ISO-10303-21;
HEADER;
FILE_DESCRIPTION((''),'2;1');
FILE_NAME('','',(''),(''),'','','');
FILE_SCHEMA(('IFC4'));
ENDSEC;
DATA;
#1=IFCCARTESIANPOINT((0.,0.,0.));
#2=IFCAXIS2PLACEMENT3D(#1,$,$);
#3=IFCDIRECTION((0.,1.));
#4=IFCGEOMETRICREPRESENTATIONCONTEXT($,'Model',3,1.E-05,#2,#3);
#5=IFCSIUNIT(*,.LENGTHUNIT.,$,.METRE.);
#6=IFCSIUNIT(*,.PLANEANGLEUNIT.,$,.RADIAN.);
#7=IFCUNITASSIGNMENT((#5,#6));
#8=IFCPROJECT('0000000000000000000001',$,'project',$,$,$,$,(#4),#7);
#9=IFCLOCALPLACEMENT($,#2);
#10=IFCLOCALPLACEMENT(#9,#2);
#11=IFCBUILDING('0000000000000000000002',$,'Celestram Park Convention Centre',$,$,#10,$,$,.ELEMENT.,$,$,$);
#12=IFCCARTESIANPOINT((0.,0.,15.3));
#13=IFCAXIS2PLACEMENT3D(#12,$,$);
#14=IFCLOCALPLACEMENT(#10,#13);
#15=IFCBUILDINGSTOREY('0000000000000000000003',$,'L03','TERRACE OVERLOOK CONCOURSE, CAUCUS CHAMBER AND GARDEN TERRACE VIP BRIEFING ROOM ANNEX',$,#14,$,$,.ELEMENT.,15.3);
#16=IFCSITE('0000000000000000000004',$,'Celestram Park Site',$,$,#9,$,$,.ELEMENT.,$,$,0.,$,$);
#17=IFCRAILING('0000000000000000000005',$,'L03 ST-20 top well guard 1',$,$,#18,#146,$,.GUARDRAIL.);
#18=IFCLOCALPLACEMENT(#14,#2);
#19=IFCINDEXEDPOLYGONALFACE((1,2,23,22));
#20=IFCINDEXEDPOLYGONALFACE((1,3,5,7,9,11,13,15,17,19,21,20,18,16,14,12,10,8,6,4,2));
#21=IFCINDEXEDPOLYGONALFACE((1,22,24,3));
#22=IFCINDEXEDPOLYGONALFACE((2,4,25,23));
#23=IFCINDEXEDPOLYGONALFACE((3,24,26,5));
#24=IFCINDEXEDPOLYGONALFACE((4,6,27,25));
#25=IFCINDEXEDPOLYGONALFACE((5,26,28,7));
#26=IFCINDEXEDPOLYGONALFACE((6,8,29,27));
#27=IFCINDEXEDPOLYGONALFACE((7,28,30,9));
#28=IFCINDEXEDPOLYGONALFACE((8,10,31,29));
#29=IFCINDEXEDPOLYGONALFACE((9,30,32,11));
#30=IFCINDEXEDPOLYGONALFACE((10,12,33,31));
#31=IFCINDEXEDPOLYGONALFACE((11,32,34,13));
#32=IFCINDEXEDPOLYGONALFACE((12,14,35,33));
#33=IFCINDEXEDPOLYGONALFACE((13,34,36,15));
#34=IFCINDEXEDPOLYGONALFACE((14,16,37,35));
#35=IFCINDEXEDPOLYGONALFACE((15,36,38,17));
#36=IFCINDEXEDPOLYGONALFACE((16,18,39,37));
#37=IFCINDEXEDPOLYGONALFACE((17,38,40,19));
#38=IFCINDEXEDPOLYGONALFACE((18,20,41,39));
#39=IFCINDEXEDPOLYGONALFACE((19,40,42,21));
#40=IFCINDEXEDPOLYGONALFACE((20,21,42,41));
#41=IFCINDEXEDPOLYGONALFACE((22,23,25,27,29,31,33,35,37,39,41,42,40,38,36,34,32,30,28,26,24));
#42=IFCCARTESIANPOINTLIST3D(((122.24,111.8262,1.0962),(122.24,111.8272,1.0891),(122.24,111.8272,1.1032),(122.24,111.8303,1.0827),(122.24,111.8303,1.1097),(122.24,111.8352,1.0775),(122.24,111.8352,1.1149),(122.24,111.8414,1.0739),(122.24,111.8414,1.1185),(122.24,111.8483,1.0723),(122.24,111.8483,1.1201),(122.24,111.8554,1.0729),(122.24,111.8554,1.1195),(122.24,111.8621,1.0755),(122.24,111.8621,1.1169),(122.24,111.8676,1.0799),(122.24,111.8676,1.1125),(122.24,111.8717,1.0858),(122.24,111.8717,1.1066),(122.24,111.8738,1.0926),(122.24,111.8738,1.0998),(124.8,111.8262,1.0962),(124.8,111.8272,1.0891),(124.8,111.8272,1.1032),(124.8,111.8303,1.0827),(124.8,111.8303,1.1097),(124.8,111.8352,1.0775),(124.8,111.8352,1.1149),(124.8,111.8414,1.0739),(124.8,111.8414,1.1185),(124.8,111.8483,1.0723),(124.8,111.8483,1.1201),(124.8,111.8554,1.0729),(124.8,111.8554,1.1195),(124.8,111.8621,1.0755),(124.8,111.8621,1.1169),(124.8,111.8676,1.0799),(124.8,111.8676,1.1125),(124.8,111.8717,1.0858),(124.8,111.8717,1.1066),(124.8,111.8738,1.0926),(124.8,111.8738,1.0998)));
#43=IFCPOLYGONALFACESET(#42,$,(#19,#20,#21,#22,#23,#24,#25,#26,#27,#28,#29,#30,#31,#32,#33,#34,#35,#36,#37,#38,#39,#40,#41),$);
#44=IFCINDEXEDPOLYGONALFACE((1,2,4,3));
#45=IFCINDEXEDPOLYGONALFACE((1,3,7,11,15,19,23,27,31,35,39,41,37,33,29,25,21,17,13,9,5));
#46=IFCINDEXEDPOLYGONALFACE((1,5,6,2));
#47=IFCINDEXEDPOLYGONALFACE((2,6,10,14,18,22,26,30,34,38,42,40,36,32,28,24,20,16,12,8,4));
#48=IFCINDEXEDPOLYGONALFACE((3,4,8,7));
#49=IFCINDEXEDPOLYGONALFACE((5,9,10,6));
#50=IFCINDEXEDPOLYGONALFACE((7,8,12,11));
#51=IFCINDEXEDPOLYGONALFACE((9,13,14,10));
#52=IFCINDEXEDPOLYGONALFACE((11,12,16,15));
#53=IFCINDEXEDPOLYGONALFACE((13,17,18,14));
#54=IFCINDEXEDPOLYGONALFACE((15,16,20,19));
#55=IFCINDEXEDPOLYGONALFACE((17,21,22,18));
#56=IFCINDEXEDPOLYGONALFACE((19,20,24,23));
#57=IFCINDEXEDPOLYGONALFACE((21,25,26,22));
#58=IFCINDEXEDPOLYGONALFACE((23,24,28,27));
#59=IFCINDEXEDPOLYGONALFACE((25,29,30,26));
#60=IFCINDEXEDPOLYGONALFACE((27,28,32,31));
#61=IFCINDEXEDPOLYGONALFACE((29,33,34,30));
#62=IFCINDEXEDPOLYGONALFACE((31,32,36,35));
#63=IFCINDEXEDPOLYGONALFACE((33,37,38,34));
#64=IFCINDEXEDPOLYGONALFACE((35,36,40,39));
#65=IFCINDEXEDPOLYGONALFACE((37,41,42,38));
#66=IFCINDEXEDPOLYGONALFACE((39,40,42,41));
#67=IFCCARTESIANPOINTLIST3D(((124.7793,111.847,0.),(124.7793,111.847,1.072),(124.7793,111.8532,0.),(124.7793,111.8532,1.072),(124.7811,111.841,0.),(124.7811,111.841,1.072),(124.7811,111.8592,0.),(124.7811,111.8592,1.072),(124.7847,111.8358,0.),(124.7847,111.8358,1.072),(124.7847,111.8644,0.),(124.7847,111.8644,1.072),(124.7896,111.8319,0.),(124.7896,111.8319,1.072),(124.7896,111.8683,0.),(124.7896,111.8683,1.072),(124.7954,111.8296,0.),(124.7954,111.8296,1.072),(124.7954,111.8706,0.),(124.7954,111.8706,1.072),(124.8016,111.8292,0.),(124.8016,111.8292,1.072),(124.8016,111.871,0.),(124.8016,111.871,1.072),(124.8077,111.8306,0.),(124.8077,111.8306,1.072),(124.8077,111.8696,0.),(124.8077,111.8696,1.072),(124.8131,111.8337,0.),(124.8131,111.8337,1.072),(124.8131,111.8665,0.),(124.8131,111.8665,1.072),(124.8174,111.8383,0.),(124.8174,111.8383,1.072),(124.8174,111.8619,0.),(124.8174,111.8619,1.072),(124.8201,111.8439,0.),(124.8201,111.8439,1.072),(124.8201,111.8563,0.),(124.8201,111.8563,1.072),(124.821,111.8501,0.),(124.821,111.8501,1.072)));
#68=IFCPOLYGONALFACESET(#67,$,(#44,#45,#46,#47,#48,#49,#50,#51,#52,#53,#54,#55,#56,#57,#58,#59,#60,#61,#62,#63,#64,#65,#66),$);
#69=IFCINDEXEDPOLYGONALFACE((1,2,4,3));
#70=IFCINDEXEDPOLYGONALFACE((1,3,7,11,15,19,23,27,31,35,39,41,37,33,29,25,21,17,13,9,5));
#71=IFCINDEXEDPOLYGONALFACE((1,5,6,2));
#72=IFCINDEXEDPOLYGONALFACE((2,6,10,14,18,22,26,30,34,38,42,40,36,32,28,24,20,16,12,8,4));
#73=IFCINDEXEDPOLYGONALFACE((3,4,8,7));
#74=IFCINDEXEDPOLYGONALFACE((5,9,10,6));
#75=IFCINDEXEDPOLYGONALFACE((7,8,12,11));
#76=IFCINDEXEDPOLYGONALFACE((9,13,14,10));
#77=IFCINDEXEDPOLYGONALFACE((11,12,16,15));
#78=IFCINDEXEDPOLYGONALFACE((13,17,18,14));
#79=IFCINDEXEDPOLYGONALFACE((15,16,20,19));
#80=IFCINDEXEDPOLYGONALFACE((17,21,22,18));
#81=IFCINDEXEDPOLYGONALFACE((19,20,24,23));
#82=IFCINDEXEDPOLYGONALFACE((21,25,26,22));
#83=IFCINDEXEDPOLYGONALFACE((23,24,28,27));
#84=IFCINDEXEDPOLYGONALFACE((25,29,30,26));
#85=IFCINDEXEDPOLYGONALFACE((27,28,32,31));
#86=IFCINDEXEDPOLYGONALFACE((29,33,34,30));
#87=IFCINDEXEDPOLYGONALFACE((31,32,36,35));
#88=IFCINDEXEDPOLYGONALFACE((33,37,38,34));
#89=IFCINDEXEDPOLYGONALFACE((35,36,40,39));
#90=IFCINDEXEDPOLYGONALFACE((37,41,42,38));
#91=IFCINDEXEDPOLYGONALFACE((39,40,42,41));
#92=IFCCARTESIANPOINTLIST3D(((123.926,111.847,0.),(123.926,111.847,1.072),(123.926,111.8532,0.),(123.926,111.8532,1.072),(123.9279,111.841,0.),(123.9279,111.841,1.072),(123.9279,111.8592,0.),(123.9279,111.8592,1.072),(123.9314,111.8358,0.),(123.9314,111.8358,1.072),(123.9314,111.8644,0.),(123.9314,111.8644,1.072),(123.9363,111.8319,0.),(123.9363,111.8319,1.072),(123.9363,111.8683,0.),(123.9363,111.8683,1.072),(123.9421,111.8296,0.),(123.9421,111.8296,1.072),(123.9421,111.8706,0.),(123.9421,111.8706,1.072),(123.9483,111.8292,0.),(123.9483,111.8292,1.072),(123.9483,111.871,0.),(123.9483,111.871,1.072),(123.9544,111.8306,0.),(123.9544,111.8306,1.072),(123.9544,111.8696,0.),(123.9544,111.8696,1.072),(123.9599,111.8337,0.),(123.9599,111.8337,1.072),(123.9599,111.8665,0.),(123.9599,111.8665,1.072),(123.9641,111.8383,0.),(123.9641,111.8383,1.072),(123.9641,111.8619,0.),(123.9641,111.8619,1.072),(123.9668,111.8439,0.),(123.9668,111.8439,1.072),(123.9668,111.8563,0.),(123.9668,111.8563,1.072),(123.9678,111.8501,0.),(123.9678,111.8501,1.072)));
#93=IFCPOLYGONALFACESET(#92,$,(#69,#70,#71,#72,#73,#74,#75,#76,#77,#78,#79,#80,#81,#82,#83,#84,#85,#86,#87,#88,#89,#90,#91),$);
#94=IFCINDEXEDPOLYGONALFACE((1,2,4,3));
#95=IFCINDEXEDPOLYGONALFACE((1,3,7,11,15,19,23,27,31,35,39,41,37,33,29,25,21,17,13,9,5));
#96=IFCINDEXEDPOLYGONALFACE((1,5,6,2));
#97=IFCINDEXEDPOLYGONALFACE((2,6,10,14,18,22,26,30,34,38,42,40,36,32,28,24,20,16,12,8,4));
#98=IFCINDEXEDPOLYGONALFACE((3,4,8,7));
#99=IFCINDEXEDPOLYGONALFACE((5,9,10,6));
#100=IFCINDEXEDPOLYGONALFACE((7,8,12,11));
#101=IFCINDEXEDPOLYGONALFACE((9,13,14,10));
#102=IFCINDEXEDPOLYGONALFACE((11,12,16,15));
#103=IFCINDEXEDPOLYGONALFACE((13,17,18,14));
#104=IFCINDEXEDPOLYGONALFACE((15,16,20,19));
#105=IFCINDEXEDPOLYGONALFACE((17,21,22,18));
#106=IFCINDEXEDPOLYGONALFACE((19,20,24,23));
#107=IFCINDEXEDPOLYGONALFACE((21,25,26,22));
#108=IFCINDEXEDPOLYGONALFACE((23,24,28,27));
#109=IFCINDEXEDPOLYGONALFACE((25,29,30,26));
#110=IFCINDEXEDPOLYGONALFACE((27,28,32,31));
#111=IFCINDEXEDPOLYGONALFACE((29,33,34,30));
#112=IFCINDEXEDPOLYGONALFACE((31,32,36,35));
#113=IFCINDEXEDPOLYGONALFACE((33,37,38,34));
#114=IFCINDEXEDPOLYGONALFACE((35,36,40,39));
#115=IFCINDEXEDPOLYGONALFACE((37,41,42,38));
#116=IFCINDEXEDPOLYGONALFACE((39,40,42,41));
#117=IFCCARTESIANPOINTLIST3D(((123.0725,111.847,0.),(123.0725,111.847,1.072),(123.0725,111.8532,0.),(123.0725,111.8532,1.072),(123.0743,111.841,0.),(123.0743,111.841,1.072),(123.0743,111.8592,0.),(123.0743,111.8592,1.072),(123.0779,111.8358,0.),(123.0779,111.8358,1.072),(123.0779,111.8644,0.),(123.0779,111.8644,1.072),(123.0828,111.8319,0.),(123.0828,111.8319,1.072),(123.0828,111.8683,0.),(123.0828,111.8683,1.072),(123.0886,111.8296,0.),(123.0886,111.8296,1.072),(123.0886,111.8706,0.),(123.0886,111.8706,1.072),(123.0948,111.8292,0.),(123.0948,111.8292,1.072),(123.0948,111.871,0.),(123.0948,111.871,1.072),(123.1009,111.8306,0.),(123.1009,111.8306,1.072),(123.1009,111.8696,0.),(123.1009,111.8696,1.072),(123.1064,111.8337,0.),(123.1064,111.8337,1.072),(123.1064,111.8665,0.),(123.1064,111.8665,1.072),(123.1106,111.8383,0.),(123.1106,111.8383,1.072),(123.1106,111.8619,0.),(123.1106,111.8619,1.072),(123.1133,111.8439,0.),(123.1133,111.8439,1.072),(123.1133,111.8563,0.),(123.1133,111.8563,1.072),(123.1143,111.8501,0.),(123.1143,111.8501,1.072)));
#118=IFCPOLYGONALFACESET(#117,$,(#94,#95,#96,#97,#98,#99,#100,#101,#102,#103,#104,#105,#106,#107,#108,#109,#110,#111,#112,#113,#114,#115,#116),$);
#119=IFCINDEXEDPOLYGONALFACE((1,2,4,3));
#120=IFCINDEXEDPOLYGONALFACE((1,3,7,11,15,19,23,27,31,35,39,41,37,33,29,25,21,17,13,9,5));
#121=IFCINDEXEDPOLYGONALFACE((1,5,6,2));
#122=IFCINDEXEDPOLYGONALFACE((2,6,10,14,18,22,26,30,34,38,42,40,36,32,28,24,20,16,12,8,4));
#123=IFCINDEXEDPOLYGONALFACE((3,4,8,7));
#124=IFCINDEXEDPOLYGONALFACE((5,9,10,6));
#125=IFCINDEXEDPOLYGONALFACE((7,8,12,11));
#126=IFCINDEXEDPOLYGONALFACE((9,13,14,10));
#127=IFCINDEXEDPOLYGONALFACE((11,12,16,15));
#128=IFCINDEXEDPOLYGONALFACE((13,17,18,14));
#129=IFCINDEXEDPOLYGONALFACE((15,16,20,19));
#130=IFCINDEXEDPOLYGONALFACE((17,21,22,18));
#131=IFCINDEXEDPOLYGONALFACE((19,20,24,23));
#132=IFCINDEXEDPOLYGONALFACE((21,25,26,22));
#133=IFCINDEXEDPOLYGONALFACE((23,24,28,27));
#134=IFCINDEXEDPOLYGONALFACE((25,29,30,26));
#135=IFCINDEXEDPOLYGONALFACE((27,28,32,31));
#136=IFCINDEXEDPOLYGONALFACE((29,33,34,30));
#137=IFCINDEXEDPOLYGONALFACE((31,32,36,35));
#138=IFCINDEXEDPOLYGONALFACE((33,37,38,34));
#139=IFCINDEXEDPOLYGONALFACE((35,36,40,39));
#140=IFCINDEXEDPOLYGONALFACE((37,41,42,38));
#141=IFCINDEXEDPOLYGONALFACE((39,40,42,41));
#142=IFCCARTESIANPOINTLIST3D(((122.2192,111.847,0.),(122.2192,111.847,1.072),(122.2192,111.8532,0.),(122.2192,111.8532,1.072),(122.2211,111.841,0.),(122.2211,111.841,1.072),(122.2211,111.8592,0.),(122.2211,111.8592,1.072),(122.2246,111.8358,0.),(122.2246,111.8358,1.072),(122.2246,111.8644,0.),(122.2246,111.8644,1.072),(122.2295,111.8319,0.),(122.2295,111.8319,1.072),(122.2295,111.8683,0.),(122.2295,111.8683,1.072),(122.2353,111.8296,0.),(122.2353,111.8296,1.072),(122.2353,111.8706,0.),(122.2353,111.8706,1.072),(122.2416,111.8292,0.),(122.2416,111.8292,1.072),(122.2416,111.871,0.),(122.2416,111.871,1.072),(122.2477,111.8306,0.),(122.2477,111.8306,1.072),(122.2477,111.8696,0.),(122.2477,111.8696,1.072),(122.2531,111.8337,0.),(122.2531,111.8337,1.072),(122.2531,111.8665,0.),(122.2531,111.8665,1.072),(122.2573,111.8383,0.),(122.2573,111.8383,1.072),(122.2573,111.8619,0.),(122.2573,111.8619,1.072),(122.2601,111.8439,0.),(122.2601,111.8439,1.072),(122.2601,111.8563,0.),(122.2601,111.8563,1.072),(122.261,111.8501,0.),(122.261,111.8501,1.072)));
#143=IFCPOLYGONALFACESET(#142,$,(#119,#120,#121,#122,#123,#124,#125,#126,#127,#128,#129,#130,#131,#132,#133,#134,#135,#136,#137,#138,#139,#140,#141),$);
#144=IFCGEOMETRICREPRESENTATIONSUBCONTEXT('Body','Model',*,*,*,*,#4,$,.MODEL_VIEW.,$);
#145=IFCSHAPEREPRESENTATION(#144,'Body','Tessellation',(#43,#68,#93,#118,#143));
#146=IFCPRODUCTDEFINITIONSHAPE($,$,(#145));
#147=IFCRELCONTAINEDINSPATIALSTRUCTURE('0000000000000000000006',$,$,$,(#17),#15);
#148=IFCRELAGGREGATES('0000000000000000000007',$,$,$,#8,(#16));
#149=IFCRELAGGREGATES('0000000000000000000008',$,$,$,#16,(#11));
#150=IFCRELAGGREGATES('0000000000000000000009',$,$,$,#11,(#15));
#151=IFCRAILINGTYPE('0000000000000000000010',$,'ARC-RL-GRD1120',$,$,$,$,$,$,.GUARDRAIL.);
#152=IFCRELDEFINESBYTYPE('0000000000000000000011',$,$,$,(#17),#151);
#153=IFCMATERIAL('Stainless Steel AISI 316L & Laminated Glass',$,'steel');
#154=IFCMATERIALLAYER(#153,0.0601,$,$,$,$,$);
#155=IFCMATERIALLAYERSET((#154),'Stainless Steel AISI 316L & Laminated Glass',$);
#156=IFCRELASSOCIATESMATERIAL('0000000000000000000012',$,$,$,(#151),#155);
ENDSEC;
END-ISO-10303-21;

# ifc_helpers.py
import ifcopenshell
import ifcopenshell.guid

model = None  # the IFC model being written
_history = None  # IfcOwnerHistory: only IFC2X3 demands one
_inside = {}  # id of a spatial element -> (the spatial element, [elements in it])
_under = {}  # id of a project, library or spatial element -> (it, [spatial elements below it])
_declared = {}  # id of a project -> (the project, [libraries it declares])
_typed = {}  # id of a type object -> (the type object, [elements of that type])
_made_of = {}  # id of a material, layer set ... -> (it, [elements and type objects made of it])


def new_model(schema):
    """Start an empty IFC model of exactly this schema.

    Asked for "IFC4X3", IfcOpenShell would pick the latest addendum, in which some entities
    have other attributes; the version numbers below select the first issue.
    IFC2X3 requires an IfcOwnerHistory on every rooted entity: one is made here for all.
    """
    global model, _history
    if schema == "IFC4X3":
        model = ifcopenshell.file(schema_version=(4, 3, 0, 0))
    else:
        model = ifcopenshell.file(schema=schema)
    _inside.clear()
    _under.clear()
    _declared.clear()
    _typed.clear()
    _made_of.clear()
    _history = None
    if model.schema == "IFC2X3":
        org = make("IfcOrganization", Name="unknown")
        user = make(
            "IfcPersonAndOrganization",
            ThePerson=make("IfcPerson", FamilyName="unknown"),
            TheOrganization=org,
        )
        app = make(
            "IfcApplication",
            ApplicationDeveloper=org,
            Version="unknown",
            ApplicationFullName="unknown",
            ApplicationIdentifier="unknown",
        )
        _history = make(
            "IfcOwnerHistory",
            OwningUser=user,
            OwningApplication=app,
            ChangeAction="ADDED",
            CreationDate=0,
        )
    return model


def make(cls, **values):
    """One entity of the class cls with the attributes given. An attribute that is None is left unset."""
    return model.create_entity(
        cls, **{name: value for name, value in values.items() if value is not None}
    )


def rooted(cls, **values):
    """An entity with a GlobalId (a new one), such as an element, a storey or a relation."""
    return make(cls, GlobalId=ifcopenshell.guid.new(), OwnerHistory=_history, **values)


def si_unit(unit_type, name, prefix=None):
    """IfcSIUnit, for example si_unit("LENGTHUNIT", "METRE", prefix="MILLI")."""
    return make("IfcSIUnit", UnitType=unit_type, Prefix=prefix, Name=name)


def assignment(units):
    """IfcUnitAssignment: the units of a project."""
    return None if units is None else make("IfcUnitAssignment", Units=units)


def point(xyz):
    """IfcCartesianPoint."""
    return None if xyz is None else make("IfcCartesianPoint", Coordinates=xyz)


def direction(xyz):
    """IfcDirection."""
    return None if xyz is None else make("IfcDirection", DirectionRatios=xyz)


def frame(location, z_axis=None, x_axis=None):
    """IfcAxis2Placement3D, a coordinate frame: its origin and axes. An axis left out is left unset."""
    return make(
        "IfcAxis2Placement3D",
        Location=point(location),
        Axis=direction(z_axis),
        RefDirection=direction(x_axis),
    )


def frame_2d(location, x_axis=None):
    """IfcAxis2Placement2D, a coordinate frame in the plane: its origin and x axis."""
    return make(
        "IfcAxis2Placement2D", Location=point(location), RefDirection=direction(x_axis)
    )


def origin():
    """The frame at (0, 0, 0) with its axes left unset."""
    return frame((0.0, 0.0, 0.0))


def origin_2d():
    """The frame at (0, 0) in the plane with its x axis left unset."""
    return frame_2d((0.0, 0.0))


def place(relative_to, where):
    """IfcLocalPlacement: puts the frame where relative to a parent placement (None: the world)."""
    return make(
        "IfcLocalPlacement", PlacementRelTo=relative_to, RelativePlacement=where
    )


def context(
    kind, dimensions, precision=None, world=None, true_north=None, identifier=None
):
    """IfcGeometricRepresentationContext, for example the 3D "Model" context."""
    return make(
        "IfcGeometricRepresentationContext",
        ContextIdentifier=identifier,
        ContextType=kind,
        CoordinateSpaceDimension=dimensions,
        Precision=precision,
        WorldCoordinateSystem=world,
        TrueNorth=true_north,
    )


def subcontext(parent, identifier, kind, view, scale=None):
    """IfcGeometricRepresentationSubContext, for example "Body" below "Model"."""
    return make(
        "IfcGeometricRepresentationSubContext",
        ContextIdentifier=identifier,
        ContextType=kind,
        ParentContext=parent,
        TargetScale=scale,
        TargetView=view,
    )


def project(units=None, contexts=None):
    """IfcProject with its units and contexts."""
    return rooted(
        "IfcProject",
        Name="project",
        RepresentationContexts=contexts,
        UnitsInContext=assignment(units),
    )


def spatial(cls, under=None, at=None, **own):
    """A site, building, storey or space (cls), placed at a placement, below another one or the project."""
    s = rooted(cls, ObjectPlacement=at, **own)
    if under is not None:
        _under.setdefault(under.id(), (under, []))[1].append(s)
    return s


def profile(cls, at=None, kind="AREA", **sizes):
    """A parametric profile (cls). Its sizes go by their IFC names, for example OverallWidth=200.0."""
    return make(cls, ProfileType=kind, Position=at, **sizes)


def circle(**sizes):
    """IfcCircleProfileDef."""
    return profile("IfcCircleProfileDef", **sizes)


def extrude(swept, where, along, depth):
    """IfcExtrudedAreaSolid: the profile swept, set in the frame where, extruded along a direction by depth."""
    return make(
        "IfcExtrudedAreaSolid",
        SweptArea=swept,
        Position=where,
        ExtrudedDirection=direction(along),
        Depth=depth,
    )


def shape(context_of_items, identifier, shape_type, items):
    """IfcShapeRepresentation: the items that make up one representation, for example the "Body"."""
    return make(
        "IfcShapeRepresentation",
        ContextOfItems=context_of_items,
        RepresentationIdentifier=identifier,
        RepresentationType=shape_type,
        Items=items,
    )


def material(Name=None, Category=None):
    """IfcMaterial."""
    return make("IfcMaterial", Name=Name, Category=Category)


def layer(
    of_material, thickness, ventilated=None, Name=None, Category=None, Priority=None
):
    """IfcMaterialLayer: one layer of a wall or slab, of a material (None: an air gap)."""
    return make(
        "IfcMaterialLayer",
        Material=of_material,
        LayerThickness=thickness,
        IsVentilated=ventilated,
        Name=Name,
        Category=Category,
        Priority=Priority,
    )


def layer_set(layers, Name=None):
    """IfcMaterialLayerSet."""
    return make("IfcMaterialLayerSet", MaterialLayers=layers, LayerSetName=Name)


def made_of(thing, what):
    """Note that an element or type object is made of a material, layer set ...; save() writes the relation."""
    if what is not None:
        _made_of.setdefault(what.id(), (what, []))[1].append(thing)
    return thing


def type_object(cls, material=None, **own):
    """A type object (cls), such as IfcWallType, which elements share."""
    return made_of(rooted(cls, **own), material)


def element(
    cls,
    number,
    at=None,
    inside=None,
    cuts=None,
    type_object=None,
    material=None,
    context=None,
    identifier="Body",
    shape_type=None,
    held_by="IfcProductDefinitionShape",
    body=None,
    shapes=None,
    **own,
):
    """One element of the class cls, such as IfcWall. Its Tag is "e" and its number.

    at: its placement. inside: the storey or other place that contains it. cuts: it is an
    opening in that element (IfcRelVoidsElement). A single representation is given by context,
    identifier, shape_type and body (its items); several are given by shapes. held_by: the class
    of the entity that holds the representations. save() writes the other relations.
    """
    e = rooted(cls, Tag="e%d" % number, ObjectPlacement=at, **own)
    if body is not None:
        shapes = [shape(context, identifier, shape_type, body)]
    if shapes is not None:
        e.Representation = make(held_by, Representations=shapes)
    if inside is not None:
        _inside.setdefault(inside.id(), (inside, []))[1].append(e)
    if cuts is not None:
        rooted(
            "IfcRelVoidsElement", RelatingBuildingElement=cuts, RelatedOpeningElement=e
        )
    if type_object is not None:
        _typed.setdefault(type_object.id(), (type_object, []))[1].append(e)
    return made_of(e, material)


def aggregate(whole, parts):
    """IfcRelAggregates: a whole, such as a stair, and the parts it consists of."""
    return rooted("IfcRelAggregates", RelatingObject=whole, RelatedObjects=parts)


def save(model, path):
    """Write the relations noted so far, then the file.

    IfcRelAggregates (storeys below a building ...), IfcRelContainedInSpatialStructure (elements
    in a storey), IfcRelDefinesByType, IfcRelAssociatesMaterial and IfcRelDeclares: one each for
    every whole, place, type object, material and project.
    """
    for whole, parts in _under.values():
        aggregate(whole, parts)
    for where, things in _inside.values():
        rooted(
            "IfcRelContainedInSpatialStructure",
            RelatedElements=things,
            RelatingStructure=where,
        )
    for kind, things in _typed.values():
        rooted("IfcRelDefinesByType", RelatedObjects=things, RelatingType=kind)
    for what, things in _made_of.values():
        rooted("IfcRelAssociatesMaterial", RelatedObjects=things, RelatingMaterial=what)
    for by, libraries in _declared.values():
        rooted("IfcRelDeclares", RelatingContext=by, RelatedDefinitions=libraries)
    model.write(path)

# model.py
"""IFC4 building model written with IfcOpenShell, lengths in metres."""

from ifc_helpers import new_model, si_unit, direction, frame, origin, origin_2d, place, context, subcontext, project, spatial, circle, extrude, material, layer, layer_set, type_object, element, save


model = new_model("IFC4")

# Units and contexts
model_context = context("Model", 3, precision=1e-05, world=origin(), true_north=direction((0.0, 1.0)))
body_context = subcontext(model_context, "Body", "Model", "MODEL_VIEW")
ifc_project = project(units=[si_unit("LENGTHUNIT", "METRE"), si_unit("PLANEANGLEUNIT", "RADIAN")], contexts=[model_context])

# Site, building, storey
site_placement = place(None, origin())
site = spatial("IfcSite", under=ifc_project, at=site_placement, Name="Celestram Park Site", CompositionType="ELEMENT", RefElevation=0.0)
building_placement = place(site_placement, origin())
building = spatial("IfcBuilding", under=site, at=building_placement, Name="Celestram Park Convention Centre", CompositionType="ELEMENT")
storey_placement = place(building_placement, frame((0.0, 0.0, 15.3)))
storey = spatial("IfcBuildingStorey", under=building, at=storey_placement, Name="L03", Description="TERRACE OVERLOOK CONCOURSE, CAUCUS CHAMBER AND GARDEN TERRACE VIP BRIEFING ROOM ANNEX", CompositionType="ELEMENT", Elevation=15.3)

# Railing
ifc_material_1 = material(Name="Stainless Steel AISI 316L & Laminated Glass", Category="steel")
ifc_layer_1 = layer(ifc_material_1, 0.0601)
ifc_layer_set_1 = layer_set([ifc_layer_1], Name="Stainless Steel AISI 316L & Laminated Glass")
railing_type = type_object("IfcRailingType", Name="ARC-RL-GRD1120", PredefinedType="GUARDRAIL", material=ifc_layer_set_1)
railing_placement = place(storey_placement, frame((124.8, 111.8501, 0.0)))
element("IfcRailing", 1, at=railing_placement, inside=storey, type_object=railing_type, Name="L03 ST-20 top well guard 1", PredefinedType="GUARDRAIL", context=body_context, shape_type="SweptSolid", body=[
    extrude(circle(Radius=0.0239, at=origin_2d()), frame((0.0, 0.0, 1.0962), z_axis=(-1.0, 0.0, 0.0), x_axis=(0.0, -1.0, 0.0)), (0.0, 0.0, 1.0), 2.5601),
    extrude(circle(Radius=0.021, at=origin_2d()), origin(), (0.0, 0.0, 1.0), 1.072),
    extrude(circle(Radius=0.021, at=origin_2d()), frame((-0.8533, 0.0, 0.0)), (0.0, 0.0, 1.0), 1.072),
    extrude(circle(Radius=0.021, at=origin_2d()), frame((-1.7068, 0.0, 0.0)), (0.0, 0.0, 1.0), 1.072),
    extrude(circle(Radius=0.021, at=origin_2d()), frame((-2.5601, 0.0, 0.0)), (0.0, 0.0, 1.0), 1.072),
])

save(model, "model.ifc")
